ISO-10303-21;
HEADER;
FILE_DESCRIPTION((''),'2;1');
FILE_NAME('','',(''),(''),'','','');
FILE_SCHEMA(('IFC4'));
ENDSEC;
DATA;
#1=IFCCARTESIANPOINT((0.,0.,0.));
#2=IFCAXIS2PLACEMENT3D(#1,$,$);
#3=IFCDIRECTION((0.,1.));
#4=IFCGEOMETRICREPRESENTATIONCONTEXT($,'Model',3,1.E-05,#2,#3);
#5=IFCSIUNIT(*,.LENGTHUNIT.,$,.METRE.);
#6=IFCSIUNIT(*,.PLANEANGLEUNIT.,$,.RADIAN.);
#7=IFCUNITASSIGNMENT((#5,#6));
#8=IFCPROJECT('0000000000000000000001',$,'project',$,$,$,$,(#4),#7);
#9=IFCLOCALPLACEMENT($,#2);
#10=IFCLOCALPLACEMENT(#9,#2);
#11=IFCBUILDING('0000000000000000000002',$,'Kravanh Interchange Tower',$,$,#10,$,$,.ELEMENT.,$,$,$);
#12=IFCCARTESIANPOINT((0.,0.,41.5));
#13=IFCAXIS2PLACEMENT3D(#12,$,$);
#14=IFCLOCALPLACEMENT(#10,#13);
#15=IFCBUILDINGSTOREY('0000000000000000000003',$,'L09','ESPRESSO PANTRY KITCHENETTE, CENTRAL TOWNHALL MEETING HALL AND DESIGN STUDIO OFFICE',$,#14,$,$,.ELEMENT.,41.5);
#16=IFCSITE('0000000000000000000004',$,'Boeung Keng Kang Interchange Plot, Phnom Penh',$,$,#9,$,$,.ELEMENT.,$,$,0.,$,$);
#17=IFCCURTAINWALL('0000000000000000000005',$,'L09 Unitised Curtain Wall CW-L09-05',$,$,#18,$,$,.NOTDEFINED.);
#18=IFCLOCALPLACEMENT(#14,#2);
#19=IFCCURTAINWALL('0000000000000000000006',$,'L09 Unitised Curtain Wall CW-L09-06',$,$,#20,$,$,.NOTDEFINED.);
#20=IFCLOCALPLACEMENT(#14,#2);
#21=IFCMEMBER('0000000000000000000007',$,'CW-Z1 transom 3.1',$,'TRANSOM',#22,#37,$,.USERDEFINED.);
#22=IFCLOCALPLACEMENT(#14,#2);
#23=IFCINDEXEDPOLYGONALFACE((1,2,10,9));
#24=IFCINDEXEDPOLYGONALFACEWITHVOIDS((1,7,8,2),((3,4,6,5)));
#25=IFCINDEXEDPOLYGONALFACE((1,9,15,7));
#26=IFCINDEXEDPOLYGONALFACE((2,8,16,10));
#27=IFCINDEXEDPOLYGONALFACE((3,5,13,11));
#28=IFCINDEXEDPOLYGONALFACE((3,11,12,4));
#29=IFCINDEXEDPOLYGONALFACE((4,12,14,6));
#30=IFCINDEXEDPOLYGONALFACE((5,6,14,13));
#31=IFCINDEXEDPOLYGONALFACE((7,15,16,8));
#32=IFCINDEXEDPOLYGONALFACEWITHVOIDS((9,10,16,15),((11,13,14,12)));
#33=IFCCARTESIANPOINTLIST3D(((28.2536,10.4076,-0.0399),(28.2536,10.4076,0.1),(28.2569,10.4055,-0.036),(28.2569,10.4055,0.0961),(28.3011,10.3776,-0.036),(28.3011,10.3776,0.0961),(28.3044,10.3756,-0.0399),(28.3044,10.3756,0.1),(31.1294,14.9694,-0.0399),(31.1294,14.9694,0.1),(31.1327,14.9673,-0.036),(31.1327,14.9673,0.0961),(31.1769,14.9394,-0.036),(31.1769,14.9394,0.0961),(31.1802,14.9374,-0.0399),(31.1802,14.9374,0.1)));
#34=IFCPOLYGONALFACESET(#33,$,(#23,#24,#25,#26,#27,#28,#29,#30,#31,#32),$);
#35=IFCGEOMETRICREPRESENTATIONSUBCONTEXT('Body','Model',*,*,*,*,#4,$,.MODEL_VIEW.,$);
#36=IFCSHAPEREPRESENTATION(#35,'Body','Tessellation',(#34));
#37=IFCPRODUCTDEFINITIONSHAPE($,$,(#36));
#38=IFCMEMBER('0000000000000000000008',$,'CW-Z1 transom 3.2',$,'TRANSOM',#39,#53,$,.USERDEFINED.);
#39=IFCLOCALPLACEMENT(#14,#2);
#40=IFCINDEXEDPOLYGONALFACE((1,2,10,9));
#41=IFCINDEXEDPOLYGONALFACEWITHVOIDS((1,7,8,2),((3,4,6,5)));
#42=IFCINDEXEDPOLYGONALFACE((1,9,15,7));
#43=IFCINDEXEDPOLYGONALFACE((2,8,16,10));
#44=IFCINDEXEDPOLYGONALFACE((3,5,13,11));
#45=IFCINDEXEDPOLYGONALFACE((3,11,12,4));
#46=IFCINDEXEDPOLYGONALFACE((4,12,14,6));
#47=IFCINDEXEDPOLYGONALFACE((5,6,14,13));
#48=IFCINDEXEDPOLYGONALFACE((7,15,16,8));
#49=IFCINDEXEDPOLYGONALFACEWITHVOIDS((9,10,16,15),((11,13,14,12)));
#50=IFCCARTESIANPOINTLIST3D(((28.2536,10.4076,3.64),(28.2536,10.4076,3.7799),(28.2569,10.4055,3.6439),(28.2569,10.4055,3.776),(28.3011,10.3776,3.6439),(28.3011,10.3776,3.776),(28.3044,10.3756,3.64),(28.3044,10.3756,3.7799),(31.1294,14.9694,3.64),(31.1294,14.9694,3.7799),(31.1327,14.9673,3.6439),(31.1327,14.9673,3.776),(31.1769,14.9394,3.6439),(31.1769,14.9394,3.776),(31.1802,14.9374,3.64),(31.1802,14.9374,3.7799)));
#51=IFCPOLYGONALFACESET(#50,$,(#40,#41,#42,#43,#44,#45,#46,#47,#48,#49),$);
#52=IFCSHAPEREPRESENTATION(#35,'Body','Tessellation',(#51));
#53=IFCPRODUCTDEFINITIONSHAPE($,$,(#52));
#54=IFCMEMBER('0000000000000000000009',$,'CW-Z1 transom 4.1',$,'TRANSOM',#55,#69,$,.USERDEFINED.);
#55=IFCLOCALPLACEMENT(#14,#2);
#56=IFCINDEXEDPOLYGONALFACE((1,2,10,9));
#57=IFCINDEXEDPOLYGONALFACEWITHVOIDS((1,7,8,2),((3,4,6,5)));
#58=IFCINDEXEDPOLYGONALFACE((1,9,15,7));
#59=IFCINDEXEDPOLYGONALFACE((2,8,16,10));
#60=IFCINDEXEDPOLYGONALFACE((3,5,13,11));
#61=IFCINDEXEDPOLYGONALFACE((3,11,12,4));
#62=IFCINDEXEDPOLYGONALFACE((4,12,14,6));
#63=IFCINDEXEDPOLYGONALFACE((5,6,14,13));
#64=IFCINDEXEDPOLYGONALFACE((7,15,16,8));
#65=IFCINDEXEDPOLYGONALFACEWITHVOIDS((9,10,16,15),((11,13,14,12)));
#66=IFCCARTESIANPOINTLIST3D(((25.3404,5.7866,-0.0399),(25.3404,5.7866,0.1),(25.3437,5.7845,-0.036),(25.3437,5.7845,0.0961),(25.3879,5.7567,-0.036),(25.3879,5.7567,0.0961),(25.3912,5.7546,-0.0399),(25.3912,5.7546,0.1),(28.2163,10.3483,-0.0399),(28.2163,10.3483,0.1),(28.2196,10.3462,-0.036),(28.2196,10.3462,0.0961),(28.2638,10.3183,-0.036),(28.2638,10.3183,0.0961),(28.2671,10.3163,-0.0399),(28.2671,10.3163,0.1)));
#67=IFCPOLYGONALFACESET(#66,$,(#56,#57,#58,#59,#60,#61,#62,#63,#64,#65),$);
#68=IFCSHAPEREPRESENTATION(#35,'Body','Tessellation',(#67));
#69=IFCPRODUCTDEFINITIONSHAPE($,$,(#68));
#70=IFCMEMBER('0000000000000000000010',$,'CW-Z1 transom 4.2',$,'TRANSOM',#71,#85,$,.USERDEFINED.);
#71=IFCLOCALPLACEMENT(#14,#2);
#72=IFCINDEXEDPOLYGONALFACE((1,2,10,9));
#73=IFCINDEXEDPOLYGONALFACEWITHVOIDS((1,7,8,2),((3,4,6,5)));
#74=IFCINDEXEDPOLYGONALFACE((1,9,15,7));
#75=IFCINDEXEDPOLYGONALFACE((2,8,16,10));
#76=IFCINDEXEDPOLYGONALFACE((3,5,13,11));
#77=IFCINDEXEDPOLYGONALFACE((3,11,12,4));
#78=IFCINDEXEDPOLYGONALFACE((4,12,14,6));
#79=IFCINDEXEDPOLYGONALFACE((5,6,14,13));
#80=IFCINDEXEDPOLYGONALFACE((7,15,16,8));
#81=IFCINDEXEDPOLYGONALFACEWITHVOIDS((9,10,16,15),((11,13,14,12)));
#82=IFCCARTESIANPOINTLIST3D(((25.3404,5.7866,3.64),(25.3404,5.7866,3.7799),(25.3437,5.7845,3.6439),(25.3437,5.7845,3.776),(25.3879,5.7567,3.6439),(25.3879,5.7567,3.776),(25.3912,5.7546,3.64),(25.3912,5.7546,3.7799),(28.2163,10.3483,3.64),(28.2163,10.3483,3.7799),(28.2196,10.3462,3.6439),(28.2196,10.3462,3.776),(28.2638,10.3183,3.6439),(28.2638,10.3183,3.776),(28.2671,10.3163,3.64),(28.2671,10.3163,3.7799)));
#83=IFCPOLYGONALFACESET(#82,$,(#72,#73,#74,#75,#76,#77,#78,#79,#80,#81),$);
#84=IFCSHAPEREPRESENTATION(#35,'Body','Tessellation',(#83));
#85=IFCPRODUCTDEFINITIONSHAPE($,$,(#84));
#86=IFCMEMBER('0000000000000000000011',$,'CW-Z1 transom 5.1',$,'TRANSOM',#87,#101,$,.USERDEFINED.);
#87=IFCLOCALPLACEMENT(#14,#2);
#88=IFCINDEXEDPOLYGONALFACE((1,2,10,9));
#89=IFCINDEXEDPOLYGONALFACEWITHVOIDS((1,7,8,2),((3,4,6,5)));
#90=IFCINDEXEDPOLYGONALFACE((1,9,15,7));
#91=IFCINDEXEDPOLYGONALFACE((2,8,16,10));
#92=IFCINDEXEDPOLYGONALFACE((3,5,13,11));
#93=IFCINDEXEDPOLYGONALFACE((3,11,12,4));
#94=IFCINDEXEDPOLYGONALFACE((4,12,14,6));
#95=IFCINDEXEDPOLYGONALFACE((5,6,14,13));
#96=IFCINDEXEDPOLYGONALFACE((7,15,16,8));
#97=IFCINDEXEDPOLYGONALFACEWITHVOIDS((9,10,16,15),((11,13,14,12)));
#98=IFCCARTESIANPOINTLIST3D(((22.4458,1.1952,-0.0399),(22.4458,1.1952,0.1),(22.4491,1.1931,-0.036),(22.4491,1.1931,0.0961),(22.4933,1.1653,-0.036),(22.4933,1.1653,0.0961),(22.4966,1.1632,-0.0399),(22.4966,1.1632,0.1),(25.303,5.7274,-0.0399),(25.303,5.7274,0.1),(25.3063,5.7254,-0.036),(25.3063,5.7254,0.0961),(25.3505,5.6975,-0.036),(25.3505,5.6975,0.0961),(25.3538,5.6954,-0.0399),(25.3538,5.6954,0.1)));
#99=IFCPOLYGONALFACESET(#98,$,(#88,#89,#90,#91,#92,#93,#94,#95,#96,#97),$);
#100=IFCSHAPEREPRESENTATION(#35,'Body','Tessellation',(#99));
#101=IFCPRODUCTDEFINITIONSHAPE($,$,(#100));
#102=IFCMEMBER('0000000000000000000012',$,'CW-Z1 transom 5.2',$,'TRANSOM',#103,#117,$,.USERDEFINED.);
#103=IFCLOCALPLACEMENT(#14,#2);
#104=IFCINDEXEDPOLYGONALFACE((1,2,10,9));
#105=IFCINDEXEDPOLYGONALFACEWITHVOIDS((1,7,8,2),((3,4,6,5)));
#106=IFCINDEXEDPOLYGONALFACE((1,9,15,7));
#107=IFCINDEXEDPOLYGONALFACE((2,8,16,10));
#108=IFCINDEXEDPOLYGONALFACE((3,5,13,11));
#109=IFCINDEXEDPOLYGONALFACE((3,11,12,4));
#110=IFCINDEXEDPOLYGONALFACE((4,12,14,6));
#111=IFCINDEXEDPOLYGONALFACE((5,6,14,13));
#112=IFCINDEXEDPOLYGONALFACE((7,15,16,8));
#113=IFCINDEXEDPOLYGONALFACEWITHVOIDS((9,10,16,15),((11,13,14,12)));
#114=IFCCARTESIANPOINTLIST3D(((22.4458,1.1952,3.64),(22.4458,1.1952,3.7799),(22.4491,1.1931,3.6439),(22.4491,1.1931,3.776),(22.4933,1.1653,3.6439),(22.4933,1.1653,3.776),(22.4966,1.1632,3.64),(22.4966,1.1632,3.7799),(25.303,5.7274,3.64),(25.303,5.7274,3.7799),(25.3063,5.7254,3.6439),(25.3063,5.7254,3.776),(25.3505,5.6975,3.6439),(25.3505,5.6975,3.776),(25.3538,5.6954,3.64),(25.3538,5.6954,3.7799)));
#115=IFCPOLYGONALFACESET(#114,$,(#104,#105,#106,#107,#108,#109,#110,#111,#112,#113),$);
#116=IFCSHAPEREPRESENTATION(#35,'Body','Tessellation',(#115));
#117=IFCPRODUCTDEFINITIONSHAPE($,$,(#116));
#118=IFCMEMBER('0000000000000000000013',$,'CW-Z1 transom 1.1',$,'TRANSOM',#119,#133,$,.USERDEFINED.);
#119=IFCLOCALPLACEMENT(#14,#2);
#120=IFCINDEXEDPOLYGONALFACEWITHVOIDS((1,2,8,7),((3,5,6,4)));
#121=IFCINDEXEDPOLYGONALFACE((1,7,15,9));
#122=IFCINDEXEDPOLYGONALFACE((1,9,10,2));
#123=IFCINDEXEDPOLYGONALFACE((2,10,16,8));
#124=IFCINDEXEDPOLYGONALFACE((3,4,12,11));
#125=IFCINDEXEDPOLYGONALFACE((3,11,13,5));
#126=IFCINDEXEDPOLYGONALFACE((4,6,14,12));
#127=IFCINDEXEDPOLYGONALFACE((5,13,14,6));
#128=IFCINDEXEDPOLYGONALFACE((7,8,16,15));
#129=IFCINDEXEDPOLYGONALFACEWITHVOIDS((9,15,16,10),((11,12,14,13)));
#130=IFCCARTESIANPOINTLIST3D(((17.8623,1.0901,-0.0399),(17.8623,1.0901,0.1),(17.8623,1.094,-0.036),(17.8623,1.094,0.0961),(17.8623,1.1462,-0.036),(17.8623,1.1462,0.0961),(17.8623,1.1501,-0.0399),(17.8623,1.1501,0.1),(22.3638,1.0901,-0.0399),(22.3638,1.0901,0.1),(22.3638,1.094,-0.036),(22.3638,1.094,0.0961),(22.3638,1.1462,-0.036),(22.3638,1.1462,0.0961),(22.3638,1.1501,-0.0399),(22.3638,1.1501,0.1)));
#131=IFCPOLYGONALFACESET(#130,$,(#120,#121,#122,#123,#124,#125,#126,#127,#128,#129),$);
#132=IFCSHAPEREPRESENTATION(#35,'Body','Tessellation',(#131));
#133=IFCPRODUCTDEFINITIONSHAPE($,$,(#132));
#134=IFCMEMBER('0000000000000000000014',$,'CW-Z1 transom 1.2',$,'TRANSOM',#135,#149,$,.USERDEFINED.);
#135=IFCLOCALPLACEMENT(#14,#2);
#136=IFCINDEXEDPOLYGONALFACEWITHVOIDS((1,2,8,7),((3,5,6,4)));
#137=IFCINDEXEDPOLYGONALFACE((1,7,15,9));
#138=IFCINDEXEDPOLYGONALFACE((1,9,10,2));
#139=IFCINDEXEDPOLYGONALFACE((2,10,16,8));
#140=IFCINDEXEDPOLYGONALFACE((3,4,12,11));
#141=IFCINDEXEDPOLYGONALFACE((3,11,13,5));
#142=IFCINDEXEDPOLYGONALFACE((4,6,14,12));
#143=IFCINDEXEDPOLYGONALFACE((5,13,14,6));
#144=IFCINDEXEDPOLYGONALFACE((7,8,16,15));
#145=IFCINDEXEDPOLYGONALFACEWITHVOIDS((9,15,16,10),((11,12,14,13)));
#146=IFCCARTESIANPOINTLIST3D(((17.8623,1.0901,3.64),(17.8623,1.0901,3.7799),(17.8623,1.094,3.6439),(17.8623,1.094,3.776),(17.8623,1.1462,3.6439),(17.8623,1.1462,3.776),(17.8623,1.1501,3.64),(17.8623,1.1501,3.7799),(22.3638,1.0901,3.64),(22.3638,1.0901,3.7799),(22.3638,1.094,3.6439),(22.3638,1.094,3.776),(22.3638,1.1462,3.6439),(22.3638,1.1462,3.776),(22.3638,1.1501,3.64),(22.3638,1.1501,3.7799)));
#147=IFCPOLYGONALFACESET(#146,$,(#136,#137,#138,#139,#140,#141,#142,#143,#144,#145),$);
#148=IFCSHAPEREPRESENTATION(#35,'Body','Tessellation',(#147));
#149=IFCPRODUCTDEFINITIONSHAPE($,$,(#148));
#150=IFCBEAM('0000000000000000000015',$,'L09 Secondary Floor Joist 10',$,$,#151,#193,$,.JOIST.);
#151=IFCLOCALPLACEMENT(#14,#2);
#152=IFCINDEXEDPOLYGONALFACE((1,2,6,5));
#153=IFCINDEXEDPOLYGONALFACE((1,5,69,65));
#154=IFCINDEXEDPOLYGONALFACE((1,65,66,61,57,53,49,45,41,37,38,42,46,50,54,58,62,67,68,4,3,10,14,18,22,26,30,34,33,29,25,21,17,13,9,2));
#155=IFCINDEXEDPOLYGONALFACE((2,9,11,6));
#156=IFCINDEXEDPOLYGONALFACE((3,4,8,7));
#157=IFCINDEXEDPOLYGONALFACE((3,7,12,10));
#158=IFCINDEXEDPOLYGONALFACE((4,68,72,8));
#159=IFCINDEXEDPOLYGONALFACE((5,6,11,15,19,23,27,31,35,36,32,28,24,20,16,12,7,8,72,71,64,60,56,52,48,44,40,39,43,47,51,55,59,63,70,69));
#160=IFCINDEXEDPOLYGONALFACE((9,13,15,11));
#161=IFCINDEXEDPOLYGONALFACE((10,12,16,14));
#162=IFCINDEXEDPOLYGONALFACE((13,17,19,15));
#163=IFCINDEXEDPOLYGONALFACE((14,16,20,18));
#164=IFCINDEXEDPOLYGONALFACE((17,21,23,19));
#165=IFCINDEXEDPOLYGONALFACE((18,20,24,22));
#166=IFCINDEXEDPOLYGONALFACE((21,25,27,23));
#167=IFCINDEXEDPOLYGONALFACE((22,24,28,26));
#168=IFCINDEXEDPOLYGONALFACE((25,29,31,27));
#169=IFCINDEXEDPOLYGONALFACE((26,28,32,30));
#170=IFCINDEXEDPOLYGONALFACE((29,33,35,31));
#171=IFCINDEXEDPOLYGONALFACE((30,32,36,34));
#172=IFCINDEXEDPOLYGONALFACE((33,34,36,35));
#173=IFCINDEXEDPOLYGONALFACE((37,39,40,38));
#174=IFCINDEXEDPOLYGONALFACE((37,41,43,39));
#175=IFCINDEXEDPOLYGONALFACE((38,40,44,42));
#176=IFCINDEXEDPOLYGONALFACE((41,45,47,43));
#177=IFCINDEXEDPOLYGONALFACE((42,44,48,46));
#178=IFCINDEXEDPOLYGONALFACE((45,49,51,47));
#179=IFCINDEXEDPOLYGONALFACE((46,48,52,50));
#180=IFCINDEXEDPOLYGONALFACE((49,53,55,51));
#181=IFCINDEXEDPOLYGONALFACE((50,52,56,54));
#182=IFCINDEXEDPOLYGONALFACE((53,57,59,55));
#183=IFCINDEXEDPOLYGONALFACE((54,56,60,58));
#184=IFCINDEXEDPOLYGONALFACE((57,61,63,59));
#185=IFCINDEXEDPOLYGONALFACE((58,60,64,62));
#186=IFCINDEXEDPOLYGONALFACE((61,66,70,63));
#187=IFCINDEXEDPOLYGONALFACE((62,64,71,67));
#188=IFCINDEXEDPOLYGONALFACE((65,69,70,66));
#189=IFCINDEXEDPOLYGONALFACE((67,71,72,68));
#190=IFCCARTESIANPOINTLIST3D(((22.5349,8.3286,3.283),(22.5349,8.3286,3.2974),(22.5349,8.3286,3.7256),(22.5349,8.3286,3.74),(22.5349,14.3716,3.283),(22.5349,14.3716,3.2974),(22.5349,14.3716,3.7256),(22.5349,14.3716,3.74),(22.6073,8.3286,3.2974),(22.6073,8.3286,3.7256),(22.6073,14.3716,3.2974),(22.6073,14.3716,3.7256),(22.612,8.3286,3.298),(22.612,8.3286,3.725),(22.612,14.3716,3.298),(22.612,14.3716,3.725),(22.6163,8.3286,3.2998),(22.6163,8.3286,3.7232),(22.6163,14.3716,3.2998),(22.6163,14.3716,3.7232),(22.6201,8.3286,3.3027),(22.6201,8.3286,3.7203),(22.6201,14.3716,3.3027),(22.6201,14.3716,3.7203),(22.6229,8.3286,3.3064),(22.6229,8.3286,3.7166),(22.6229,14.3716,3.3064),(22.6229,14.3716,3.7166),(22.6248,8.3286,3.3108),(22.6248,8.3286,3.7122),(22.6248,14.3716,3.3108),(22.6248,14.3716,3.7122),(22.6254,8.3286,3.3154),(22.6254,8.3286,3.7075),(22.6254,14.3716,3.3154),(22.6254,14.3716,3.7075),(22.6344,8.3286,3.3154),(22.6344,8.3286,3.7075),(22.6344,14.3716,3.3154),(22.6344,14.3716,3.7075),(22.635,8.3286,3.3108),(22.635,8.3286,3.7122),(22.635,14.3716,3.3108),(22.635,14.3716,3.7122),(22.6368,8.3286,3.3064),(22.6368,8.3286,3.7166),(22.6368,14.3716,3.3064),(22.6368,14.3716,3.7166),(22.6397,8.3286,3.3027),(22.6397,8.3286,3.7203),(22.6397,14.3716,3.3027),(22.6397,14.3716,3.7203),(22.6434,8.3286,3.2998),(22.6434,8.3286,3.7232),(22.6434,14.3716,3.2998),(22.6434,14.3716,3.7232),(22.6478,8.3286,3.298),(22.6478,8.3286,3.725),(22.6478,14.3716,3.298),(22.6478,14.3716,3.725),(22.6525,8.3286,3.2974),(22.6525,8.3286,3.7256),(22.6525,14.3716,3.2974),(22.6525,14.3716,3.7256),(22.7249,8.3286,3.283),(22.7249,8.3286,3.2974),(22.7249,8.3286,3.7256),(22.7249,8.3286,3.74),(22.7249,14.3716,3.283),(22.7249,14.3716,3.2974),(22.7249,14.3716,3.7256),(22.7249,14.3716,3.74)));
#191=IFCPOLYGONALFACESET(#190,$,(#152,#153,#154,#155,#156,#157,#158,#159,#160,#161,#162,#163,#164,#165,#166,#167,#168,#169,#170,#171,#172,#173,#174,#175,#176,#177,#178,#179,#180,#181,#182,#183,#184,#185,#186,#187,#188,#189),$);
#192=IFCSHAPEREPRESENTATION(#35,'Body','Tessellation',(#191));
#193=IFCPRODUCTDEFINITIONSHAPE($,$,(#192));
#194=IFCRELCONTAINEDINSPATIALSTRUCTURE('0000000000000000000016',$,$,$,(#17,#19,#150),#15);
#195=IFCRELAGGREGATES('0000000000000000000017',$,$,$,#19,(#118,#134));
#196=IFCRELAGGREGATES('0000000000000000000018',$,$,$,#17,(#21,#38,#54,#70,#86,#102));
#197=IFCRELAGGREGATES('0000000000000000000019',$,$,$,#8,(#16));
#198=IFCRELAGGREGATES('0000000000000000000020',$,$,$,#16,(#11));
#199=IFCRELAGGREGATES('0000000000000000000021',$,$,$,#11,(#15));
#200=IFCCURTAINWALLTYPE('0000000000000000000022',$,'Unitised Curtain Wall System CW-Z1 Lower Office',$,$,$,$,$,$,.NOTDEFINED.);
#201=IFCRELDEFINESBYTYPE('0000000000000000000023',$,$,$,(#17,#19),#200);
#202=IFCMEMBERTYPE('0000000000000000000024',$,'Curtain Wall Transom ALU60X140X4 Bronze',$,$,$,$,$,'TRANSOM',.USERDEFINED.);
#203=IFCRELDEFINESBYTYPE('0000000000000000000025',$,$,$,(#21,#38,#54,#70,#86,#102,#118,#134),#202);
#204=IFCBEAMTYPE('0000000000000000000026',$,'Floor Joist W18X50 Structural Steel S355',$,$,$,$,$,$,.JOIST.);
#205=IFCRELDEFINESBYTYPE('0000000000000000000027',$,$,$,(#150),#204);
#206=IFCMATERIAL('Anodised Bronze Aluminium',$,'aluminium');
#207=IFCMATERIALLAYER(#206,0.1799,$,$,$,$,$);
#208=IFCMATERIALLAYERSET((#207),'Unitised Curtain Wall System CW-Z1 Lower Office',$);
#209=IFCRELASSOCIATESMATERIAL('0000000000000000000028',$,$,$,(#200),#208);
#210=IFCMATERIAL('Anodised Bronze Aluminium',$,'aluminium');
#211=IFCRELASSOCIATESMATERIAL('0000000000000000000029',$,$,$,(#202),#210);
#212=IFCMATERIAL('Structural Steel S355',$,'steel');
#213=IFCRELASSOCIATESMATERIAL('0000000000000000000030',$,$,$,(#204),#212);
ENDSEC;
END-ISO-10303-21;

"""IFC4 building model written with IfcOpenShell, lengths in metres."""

from ifc_helpers import new_model, si_unit, direction, frame, origin, origin_2d, place, context, subcontext, project, spatial, hollow_rectangle, i_section, extrude, material, layer, layer_set, material_profile, profile_set, type_object, element, aggregate, save


model = new_model("IFC4")

# Units and contexts
model_context = context("Model", 3, precision=1e-05, world=origin(), true_north=direction((0.0, 1.0)))
body_context = subcontext(model_context, "Body", "Model", "MODEL_VIEW")
ifc_project = project(units=[si_unit("LENGTHUNIT", "METRE"), si_unit("PLANEANGLEUNIT", "RADIAN")], contexts=[model_context])

# Site, building, storey
site_placement = place(None, origin())
site = spatial("IfcSite", under=ifc_project, at=site_placement, Name="Boeung Keng Kang Interchange Plot, Phnom Penh", CompositionType="ELEMENT", RefElevation=0.0)
building_placement = place(site_placement, origin())
building = spatial("IfcBuilding", under=site, at=building_placement, Name="Kravanh Interchange Tower", CompositionType="ELEMENT")
storey_placement = place(building_placement, frame((0.0, 0.0, 41.5)))
storey = spatial("IfcBuildingStorey", under=building, at=storey_placement, Name="L09", Description="ESPRESSO PANTRY KITCHENETTE, CENTRAL TOWNHALL MEETING HALL AND DESIGN STUDIO OFFICE", CompositionType="ELEMENT", Elevation=41.5)

# Curtain wall
ifc_material_1 = material(Name="Anodised Bronze Aluminium", Category="aluminium")
ifc_layer_1 = layer(ifc_material_1, 0.1799)
ifc_layer_set_1 = layer_set([ifc_layer_1], Name="Unitised Curtain Wall System CW-Z1 Lower Office")
curtain_wall_type = type_object("IfcCurtainWallType", Name="Unitised Curtain Wall System CW-Z1 Lower Office", PredefinedType="NOTDEFINED", material=ifc_layer_set_1)
curtain_wall_1_placement = place(storey_placement, origin())
curtain_wall_1 = element("IfcCurtainWall", 1, at=curtain_wall_1_placement, inside=storey, type_object=curtain_wall_type, Name="L09 Unitised Curtain Wall CW-L09-05", PredefinedType="NOTDEFINED")

# Curtain wall
curtain_wall_2_placement = place(storey_placement, origin())
curtain_wall_2 = element("IfcCurtainWall", 2, at=curtain_wall_2_placement, inside=storey, type_object=curtain_wall_type, Name="L09 Unitised Curtain Wall CW-L09-06", PredefinedType="NOTDEFINED")

# Members
ifc_material_2 = material(Name="Anodised Bronze Aluminium", Category="aluminium")
ifc_material_profile_1 = material_profile(ifc_material_2, hollow_rectangle(XDim=0.0601, YDim=0.1399, WallThickness=0.0039, at=origin_2d()), Name="ALU60X140X4")
ifc_profile_set_1 = profile_set([ifc_material_profile_1], Name="Anodised Bronze Aluminium")
member_type_1 = type_object("IfcMemberType", Name="Curtain Wall Transom ALU60X140X4 Bronze", ElementType="TRANSOM", PredefinedType="USERDEFINED", material=ifc_profile_set_1)
member_1_placement = place(storey_placement, frame((31.1548, 14.9534, 0.03), z_axis=(-0.533279, -0.845939, 0.0), x_axis=(0.845939, -0.533279, 0.0)))
member_1 = element("IfcMember", 3, at=member_1_placement, type_object=member_type_1, Name="CW-Z1 transom 3.1", ObjectType="TRANSOM", PredefinedType="USERDEFINED", context=body_context, shape_type="SweptSolid", body=[
    extrude(hollow_rectangle(XDim=0.0601, YDim=0.1399, WallThickness=0.0039, at=origin_2d()), origin(), (0.0, 0.0, 1.0), 5.3926),
])
member_2_placement = place(storey_placement, frame((31.1548, 14.9534, 3.71), z_axis=(-0.533279, -0.845939, 0.0), x_axis=(0.845939, -0.533279, 0.0)))
member_2 = element("IfcMember", 4, at=member_2_placement, type_object=member_type_1, Name="CW-Z1 transom 3.2", ObjectType="TRANSOM", PredefinedType="USERDEFINED", context=body_context, shape_type="SweptSolid", body=[
    extrude(hollow_rectangle(XDim=0.0601, YDim=0.1399, WallThickness=0.0039, at=origin_2d()), origin(), (0.0, 0.0, 1.0), 5.3926),
])
member_3_placement = place(storey_placement, frame((28.2417, 10.3323, 0.03), z_axis=(-0.533311, -0.845919, 0.0), x_axis=(0.845919, -0.533311, 0.0)))
member_3 = element("IfcMember", 5, at=member_3_placement, type_object=member_type_1, Name="CW-Z1 transom 4.1", ObjectType="TRANSOM", PredefinedType="USERDEFINED", context=body_context, shape_type="SweptSolid", body=[
    extrude(hollow_rectangle(XDim=0.0601, YDim=0.1399, WallThickness=0.0039, at=origin_2d()), origin(), (0.0, 0.0, 1.0), 5.3926),
])
member_4_placement = place(storey_placement, frame((28.2417, 10.3323, 3.71), z_axis=(-0.533311, -0.845919, 0.0), x_axis=(0.845919, -0.533311, 0.0)))
member_4 = element("IfcMember", 6, at=member_4_placement, type_object=member_type_1, Name="CW-Z1 transom 4.2", ObjectType="TRANSOM", PredefinedType="USERDEFINED", context=body_context, shape_type="SweptSolid", body=[
    extrude(hollow_rectangle(XDim=0.0601, YDim=0.1399, WallThickness=0.0039, at=origin_2d()), origin(), (0.0, 0.0, 1.0), 5.3926),
])
member_5_placement = place(storey_placement, frame((25.3284, 5.7114, 0.03), z_axis=(-0.533288, -0.845934, 0.0), x_axis=(0.845934, -0.533288, 0.0)))
member_5 = element("IfcMember", 7, at=member_5_placement, type_object=member_type_1, Name="CW-Z1 transom 5.1", ObjectType="TRANSOM", PredefinedType="USERDEFINED", context=body_context, shape_type="SweptSolid", body=[
    extrude(hollow_rectangle(XDim=0.0601, YDim=0.1399, WallThickness=0.0039, at=origin_2d()), origin(), (0.0, 0.0, 1.0), 5.3577),
])
member_6_placement = place(storey_placement, frame((25.3284, 5.7114, 3.71), z_axis=(-0.533288, -0.845934, 0.0), x_axis=(0.845934, -0.533288, 0.0)))
member_6 = element("IfcMember", 8, at=member_6_placement, type_object=member_type_1, Name="CW-Z1 transom 5.2", ObjectType="TRANSOM", PredefinedType="USERDEFINED", context=body_context, shape_type="SweptSolid", body=[
    extrude(hollow_rectangle(XDim=0.0601, YDim=0.1399, WallThickness=0.0039, at=origin_2d()), origin(), (0.0, 0.0, 1.0), 5.3577),
])
member_7_placement = place(storey_placement, frame((22.3638, 1.1201, 0.03), z_axis=(-1.0, 0.0, 0.0), x_axis=(0.0, -1.0, 0.0)))
member_7 = element("IfcMember", 9, at=member_7_placement, type_object=member_type_1, Name="CW-Z1 transom 1.1", ObjectType="TRANSOM", PredefinedType="USERDEFINED", context=body_context, shape_type="SweptSolid", body=[
    extrude(hollow_rectangle(XDim=0.0601, YDim=0.1399, WallThickness=0.0039, at=origin_2d()), origin(), (0.0, 0.0, 1.0), 4.5015),
])
member_8_placement = place(storey_placement, frame((22.3638, 1.1201, 3.71), z_axis=(-1.0, 0.0, 0.0), x_axis=(0.0, -1.0, 0.0)))
member_8 = element("IfcMember", 10, at=member_8_placement, type_object=member_type_1, Name="CW-Z1 transom 1.2", ObjectType="TRANSOM", PredefinedType="USERDEFINED", context=body_context, shape_type="SweptSolid", body=[
    extrude(hollow_rectangle(XDim=0.0601, YDim=0.1399, WallThickness=0.0039, at=origin_2d()), origin(), (0.0, 0.0, 1.0), 4.5015),
])
aggregate(curtain_wall_2, [member_7, member_8])

# Beam
ifc_material_3 = material(Name="Structural Steel S355", Category="steel")
ifc_material_profile_2 = material_profile(ifc_material_3, i_section(OverallWidth=0.1899, OverallDepth=0.457, WebThickness=0.009, FlangeThickness=0.0144, FilletRadius=0.0181, at=origin_2d()), Name="W18X50")
ifc_profile_set_2 = profile_set([ifc_material_profile_2], Name="Structural Steel S355")
beam_type_1 = type_object("IfcBeamType", Name="Floor Joist W18X50 Structural Steel S355", PredefinedType="JOIST", material=ifc_profile_set_2)
beam_1_placement = place(storey_placement, frame((22.6299, 8.3286, 3.5115), z_axis=(0.0, 1.0, 0.0), x_axis=(-1.0, 0.0, 0.0)))
element("IfcBeam", 11, at=beam_1_placement, inside=storey, type_object=beam_type_1, Name="L09 Secondary Floor Joist 10", PredefinedType="JOIST", context=body_context, shape_type="SweptSolid", body=[
    extrude(i_section(OverallWidth=0.1899, OverallDepth=0.457, WebThickness=0.009, FlangeThickness=0.0144, FilletRadius=0.0181, at=origin_2d()), origin(), (0.0, 0.0, 1.0), 6.043),
])

aggregate(curtain_wall_1, [member_1, member_2, member_3, member_4, member_5, member_6])

save(model, "model.ifc")
